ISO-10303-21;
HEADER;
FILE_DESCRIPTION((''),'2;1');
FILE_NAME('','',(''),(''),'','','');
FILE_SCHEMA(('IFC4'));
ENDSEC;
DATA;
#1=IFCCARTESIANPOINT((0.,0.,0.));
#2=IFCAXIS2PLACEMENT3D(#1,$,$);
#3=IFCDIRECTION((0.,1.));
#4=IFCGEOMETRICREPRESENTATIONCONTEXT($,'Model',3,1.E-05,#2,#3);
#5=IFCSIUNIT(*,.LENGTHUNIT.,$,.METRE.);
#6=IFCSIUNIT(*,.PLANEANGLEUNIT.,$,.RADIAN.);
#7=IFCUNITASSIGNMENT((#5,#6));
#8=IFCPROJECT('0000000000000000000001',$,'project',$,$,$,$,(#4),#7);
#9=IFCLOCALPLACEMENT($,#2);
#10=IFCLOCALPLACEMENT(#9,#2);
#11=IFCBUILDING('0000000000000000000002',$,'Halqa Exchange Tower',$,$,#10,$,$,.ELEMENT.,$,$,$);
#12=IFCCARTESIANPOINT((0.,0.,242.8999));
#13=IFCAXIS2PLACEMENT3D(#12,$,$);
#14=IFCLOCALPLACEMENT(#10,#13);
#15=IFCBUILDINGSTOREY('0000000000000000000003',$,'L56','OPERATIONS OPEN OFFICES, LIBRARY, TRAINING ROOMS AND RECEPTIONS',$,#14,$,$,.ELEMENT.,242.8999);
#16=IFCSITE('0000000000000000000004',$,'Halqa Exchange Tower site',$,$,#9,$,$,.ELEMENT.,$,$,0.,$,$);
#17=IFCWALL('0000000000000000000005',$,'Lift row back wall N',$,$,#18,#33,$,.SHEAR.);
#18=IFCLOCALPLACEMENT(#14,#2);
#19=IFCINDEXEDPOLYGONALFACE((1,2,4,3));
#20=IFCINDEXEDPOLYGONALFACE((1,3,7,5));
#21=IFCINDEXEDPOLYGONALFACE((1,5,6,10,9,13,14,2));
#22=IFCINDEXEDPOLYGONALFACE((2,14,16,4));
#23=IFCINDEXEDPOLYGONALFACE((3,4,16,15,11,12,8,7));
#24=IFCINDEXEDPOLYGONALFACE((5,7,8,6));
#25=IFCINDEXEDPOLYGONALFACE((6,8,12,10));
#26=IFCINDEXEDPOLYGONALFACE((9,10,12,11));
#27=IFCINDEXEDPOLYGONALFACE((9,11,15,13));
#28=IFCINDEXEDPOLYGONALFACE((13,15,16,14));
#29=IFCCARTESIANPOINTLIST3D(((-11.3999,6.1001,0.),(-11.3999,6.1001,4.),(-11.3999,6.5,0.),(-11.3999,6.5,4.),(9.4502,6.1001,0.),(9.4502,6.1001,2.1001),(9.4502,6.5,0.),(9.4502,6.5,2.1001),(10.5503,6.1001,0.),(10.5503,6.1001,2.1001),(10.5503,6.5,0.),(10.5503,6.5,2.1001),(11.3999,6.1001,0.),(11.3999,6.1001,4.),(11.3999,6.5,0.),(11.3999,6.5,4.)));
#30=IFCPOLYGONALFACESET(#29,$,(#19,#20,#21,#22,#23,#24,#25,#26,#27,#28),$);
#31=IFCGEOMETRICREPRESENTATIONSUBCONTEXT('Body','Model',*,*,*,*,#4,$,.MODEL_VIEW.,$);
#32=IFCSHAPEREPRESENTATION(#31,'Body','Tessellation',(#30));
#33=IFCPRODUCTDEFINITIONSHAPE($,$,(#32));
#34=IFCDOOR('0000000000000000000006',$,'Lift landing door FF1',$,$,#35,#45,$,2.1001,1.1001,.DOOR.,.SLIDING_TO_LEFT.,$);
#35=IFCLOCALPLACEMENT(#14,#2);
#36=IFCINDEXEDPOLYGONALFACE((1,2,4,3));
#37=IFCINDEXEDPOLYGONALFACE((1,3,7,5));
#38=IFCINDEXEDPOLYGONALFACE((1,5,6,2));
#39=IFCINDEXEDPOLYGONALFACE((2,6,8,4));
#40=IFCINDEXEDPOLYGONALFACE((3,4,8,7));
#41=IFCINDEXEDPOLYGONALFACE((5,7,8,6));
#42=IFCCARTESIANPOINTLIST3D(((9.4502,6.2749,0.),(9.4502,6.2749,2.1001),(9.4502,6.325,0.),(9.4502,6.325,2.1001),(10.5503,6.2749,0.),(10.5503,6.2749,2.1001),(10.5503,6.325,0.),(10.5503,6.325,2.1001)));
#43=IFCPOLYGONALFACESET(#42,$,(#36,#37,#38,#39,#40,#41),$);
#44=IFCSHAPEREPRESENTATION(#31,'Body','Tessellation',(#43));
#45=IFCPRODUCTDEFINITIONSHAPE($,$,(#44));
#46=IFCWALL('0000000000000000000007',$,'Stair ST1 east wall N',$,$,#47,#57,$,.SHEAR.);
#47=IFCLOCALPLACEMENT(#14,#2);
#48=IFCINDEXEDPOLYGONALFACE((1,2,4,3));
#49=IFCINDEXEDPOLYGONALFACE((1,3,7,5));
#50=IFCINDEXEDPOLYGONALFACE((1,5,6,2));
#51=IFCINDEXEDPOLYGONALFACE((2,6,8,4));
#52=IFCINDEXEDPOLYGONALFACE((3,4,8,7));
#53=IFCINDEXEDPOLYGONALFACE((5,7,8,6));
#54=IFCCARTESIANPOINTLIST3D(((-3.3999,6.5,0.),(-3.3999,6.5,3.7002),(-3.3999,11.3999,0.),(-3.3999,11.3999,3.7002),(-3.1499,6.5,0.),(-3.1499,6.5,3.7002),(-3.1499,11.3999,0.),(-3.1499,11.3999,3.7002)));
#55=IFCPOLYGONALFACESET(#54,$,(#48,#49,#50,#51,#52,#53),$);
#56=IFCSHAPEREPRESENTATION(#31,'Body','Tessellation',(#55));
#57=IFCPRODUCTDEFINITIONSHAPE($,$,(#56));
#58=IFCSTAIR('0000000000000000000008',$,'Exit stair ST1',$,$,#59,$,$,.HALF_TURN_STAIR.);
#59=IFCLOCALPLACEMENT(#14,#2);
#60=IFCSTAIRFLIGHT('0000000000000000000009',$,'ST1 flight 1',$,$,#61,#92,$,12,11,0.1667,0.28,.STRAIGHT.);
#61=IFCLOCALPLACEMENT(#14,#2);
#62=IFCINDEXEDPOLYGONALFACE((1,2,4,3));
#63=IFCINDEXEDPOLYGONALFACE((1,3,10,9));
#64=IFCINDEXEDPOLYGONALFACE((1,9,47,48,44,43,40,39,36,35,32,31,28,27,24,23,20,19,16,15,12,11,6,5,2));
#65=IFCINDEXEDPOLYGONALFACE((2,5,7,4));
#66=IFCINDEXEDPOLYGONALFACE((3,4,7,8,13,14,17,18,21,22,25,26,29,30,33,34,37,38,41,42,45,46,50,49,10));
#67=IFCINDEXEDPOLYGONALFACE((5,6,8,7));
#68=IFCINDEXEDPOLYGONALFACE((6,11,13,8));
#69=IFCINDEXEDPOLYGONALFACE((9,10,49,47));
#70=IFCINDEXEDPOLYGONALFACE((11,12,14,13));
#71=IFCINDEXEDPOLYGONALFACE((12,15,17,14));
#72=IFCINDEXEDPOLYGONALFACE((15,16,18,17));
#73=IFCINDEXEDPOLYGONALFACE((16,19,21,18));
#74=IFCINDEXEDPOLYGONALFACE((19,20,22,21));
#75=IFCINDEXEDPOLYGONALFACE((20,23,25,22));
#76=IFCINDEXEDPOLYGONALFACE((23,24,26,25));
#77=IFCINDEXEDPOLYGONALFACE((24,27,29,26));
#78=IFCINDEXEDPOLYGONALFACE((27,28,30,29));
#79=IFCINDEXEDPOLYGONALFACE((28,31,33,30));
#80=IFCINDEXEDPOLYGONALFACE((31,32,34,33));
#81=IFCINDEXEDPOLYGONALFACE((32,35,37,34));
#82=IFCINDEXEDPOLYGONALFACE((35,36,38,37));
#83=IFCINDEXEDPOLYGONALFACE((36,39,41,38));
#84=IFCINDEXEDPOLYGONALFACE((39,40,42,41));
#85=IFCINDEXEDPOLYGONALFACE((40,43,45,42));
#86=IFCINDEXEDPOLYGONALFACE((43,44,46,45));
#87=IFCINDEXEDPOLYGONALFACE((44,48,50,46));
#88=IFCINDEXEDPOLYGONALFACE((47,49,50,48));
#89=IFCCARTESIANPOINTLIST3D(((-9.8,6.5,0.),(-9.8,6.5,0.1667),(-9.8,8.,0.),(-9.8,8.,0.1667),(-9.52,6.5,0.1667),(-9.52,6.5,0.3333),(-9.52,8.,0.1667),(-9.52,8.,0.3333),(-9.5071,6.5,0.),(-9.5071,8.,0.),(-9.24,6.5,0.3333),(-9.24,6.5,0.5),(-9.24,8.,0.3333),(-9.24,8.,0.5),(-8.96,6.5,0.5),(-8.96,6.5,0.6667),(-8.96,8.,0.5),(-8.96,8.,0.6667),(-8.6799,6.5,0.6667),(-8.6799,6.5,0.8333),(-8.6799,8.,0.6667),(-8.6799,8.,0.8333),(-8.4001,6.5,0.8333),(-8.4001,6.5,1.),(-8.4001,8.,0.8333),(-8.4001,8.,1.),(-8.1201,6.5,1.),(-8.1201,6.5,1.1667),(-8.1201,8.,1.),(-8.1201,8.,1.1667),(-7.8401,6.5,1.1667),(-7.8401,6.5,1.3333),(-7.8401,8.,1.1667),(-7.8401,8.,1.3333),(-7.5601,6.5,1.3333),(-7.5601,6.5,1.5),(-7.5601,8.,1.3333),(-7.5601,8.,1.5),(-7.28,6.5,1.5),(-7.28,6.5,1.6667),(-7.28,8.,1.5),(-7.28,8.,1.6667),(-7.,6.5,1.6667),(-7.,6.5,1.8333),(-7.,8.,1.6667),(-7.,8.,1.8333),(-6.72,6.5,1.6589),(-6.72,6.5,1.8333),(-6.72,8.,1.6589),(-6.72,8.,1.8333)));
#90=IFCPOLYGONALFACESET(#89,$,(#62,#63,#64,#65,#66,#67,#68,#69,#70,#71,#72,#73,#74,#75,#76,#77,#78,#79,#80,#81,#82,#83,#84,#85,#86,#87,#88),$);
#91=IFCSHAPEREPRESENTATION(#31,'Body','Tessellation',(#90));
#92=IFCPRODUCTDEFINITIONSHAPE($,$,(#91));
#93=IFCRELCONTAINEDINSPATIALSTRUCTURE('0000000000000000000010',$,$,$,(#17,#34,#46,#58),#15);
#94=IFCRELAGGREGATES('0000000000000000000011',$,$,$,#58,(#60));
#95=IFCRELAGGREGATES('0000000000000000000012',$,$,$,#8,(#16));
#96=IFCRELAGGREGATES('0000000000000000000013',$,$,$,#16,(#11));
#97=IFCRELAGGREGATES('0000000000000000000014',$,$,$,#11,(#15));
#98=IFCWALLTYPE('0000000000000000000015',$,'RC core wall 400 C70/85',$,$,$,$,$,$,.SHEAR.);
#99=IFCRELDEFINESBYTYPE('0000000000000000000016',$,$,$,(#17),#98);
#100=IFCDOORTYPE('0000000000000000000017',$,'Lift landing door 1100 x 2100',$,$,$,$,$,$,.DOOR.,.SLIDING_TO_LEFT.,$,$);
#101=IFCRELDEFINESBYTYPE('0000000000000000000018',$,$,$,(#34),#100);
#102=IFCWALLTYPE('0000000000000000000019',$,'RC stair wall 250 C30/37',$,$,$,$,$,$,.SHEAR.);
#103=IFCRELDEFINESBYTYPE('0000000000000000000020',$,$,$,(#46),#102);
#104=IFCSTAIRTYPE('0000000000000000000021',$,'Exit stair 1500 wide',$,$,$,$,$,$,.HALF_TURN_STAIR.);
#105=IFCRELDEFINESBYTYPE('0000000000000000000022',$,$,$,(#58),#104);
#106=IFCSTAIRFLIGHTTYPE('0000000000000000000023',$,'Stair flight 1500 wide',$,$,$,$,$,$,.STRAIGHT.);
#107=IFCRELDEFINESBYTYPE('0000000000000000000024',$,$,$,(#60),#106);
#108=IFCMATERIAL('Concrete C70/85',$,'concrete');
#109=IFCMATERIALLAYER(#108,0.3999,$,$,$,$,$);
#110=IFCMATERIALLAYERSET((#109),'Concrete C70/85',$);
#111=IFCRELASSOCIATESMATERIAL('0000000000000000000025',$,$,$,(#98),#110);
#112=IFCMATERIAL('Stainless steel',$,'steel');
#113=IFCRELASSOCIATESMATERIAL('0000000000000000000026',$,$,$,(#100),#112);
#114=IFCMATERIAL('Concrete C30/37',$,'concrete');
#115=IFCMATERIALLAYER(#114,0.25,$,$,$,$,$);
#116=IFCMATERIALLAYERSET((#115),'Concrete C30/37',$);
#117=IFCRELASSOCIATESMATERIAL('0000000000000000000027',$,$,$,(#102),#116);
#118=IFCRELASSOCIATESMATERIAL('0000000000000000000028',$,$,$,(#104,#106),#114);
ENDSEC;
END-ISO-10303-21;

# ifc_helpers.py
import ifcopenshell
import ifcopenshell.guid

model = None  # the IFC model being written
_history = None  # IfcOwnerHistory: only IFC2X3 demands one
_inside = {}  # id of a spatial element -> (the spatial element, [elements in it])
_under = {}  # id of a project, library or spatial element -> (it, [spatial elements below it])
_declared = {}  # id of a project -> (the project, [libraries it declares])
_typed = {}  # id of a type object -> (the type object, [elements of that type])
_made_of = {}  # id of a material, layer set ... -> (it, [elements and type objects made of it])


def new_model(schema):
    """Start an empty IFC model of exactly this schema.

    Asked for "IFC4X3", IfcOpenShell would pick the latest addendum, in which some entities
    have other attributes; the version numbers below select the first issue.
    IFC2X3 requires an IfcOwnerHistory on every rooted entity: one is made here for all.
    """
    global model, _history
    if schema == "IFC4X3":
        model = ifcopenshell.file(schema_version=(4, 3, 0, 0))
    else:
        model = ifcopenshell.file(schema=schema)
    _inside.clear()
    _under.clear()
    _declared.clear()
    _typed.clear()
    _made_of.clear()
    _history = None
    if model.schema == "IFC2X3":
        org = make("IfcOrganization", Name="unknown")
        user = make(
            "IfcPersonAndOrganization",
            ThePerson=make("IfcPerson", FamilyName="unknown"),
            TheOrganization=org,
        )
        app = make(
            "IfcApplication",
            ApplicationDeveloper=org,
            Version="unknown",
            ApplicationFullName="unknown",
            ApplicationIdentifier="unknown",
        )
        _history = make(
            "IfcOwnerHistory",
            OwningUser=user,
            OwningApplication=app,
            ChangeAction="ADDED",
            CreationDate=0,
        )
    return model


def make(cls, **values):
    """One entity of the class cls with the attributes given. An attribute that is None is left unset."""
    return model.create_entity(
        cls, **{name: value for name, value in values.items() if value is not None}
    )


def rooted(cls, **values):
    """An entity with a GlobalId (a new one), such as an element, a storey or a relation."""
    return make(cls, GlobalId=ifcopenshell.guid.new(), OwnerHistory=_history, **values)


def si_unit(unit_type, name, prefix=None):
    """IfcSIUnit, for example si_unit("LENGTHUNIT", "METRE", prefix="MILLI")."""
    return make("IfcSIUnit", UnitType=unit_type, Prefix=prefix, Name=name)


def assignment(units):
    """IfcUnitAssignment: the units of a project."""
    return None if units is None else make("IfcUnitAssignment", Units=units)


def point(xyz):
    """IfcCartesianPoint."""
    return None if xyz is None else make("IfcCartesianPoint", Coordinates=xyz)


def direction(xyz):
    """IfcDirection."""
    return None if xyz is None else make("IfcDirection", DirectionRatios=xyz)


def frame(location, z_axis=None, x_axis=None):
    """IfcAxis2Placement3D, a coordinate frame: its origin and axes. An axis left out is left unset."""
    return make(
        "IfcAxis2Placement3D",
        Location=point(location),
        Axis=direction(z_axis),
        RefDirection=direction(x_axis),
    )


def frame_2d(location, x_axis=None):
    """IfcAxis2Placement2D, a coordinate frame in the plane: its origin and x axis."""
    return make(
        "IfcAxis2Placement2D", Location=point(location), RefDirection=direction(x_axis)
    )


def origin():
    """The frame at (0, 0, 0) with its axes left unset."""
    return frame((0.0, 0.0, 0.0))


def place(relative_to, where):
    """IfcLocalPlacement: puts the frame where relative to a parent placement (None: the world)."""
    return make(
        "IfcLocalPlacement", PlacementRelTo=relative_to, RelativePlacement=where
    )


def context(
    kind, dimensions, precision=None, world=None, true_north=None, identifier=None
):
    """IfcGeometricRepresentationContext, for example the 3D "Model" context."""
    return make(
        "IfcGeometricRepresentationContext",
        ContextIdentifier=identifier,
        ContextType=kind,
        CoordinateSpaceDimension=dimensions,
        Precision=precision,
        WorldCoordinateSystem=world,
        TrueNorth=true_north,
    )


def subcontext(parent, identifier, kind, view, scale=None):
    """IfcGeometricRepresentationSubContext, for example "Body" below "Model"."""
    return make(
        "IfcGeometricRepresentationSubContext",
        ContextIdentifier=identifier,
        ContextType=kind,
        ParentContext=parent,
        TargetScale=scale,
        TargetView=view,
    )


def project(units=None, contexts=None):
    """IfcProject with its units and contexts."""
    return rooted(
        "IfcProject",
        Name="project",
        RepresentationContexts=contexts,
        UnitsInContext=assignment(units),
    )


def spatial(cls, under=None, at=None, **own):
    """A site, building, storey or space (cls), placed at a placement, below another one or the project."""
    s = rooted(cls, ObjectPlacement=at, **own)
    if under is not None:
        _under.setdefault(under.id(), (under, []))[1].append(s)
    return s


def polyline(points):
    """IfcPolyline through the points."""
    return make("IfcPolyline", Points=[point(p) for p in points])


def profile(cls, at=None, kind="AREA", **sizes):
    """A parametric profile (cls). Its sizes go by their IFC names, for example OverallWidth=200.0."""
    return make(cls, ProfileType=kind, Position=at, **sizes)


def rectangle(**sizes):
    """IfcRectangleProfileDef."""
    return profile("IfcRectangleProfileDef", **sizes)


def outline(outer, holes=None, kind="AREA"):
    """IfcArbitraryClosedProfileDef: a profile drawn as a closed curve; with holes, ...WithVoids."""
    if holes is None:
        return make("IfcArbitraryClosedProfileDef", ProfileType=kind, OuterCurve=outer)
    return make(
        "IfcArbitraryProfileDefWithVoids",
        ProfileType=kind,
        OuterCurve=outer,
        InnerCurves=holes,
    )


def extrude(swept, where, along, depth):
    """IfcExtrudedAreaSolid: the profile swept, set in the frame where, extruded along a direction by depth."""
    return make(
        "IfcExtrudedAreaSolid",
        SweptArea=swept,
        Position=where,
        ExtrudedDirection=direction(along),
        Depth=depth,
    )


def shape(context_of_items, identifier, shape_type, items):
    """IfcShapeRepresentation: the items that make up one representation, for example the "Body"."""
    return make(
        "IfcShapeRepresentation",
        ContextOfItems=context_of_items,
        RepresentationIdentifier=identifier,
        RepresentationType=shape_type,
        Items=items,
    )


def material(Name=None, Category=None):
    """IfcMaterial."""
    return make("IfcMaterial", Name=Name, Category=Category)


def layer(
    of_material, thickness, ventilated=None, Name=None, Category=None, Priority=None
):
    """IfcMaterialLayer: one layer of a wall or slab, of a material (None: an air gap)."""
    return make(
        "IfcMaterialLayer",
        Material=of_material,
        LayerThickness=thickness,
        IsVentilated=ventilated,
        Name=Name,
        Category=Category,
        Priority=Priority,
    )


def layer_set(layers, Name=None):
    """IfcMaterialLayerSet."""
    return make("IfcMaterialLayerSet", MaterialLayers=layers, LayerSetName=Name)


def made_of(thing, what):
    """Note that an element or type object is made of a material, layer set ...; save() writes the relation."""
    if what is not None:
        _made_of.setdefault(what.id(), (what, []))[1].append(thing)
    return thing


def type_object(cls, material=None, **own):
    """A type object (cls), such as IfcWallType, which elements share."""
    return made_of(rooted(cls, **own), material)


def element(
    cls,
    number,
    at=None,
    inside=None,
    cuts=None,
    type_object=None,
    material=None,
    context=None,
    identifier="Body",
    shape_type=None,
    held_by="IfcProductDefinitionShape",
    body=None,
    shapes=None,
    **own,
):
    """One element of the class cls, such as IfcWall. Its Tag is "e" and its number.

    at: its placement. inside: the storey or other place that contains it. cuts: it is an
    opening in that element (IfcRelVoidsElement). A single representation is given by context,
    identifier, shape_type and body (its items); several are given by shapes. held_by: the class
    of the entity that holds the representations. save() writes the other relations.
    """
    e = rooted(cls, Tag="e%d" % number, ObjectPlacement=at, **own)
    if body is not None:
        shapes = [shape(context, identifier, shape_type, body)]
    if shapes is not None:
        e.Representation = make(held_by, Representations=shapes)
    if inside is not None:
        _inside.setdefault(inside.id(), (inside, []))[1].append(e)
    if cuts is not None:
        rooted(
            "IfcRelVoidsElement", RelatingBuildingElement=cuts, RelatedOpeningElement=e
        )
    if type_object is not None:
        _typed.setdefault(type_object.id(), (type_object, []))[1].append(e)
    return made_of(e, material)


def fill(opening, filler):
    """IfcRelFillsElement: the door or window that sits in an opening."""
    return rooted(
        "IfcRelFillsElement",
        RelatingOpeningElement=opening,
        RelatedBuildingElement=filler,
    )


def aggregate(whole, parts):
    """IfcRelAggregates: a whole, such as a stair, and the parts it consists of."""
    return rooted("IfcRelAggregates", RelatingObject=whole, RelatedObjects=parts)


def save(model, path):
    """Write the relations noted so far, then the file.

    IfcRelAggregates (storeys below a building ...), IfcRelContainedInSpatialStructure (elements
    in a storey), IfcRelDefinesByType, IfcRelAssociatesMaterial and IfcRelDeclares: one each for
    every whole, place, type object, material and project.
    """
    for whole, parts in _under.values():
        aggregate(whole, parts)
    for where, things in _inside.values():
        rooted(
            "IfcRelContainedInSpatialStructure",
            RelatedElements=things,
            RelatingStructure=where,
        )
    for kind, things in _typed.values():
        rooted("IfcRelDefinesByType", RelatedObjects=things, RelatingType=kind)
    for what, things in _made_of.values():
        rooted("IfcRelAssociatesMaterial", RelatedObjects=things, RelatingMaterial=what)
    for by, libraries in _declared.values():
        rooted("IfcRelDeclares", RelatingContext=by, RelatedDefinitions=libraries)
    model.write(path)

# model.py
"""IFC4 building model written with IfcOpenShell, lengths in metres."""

from ifc_helpers import new_model, si_unit, direction, frame, frame_2d, origin, place, context, subcontext, project, spatial, polyline, rectangle, outline, extrude, material, layer, layer_set, type_object, element, fill, aggregate, save


model = new_model("IFC4")

# Units and contexts
model_context = context("Model", 3, precision=1e-05, world=origin(), true_north=direction((0.0, 1.0)))
body_context = subcontext(model_context, "Body", "Model", "MODEL_VIEW")
ifc_project = project(units=[si_unit("LENGTHUNIT", "METRE"), si_unit("PLANEANGLEUNIT", "RADIAN")], contexts=[model_context])

# Site, building, storey
site_placement = place(None, origin())
site = spatial("IfcSite", under=ifc_project, at=site_placement, Name="Halqa Exchange Tower site", CompositionType="ELEMENT", RefElevation=0.0)
building_placement = place(site_placement, origin())
building = spatial("IfcBuilding", under=site, at=building_placement, Name="Halqa Exchange Tower", CompositionType="ELEMENT")
storey_placement = place(building_placement, frame((0.0, 0.0, 242.8999)))
storey = spatial("IfcBuildingStorey", under=building, at=storey_placement, Name="L56", Description="OPERATIONS OPEN OFFICES, LIBRARY, TRAINING ROOMS AND RECEPTIONS", CompositionType="ELEMENT", Elevation=242.8999)

# Shared definitions
ifc_material_1 = material(Name="Concrete C70/85", Category="concrete")
ifc_layer_1 = layer(ifc_material_1, 0.3999)
ifc_layer_set_1 = layer_set([ifc_layer_1], Name="Concrete C70/85")
wall_type_1 = type_object("IfcWallType", Name="RC core wall 400 C70/85", PredefinedType="SHEAR", material=ifc_layer_set_1)
ifc_material_2 = material(Name="Stainless steel", Category="steel")
door_type_1 = type_object("IfcDoorType", Name="Lift landing door 1100 x 2100", OperationType="SLIDING_TO_LEFT", PredefinedType="DOOR", material=ifc_material_2)

# Wall, opening, door
wall_1_placement = place(storey_placement, frame((-11.3999, 6.3, 0.0), z_axis=(0.0, 0.0, 1.0), x_axis=(1.0, 0.0, 0.0)))
wall_1 = element("IfcWall", 1, at=wall_1_placement, inside=storey, type_object=wall_type_1, Name="Lift row back wall N", PredefinedType="SHEAR", context=body_context, shape_type="SweptSolid", body=[
    extrude(rectangle(XDim=22.7998, YDim=0.3999, at=frame_2d((11.3999, 0.0))), origin(), (0.0, 0.0, 1.0), 4.0),
])
opening_1_placement = place(wall_1_placement, frame((20.8501, 0.0, 0.0)))
opening_1 = element("IfcOpeningElement", 2, at=opening_1_placement, cuts=wall_1, PredefinedType="OPENING", context=body_context, shape_type="SweptSolid", body=[
    extrude(rectangle(XDim=1.1001, YDim=2.1001, at=frame_2d((0.55, 1.05))), frame((0.0, 0.2119, 0.0), z_axis=(0.0, -1.0, 0.0), x_axis=(1.0, 0.0, 0.0)), (0.0, 0.0, 1.0), 0.4238),
])
door_1_placement = place(opening_1_placement, origin())
door_1 = element("IfcDoor", 3, at=door_1_placement, inside=storey, type_object=door_type_1, Name="Lift landing door FF1", OperationType="SLIDING_TO_LEFT", OverallHeight=2.1001, OverallWidth=1.1001, PredefinedType="DOOR", context=body_context, shape_type="SweptSolid", body=[
    extrude(rectangle(XDim=1.1001, YDim=2.1001, at=frame_2d((0.55, 1.05))), frame((0.0, 0.0249, 0.0), z_axis=(0.0, -1.0, 0.0), x_axis=(1.0, 0.0, 0.0)), (0.0, 0.0, 1.0), 0.05),
])
fill(opening_1, door_1)

# Wall
ifc_material_3 = material(Name="Concrete C30/37", Category="concrete")
ifc_layer_2 = layer(ifc_material_3, 0.25)
ifc_layer_set_2 = layer_set([ifc_layer_2], Name="Concrete C30/37")
wall_type_2 = type_object("IfcWallType", Name="RC stair wall 250 C30/37", PredefinedType="SHEAR", material=ifc_layer_set_2)
wall_2_placement = place(storey_placement, frame((-3.2749, 6.5, 0.0), z_axis=(0.0, 0.0, 1.0), x_axis=(0.0, 1.0, 0.0)))
element("IfcWall", 4, at=wall_2_placement, inside=storey, type_object=wall_type_2, Name="Stair ST1 east wall N", PredefinedType="SHEAR", context=body_context, shape_type="SweptSolid", body=[
    extrude(rectangle(XDim=4.8999, YDim=0.25, at=frame_2d((2.45, 0.0))), origin(), (0.0, 0.0, 1.0), 3.7002),
])

# Stair, stair flight
stair_type = type_object("IfcStairType", Name="Exit stair 1500 wide", PredefinedType="HALF_TURN_STAIR", material=ifc_material_3)
stair_placement = place(storey_placement, origin())
stair = element("IfcStair", 5, at=stair_placement, inside=storey, type_object=stair_type, Name="Exit stair ST1", PredefinedType="HALF_TURN_STAIR")
stair_flight_type = type_object("IfcStairFlightType", Name="Stair flight 1500 wide", PredefinedType="STRAIGHT", material=ifc_material_3)
stair_flight_placement = place(storey_placement, frame((-9.8, 7.25, 0.0), z_axis=(0.0, 0.0, 1.0), x_axis=(1.0, 0.0, 0.0)))
stair_flight = element("IfcStairFlight", 6, at=stair_flight_placement, type_object=stair_flight_type, Name="ST1 flight 1", NumberOfRisers=12, NumberOfTreads=11, PredefinedType="STRAIGHT", RiserHeight=0.1667, TreadLength=0.28, context=body_context, shape_type="SweptSolid", body=[
    extrude(outline(polyline([(0.0, 0.0), (0.0, 0.1667), (0.28, 0.1667), (0.28, 0.3333), (0.5601, 0.3333), (0.5601, 0.5), (0.8401, 0.5), (0.8401, 0.6667), (1.1201, 0.6667), (1.1201, 0.8333), (1.3999, 0.8333), (1.3999, 1.0), (1.6799, 1.0), (1.6799, 1.1667), (1.96, 1.1667), (1.96, 1.3333), (2.24, 1.3333), (2.24, 1.5), (2.52, 1.5), (2.52, 1.6667), (2.8, 1.6667), (2.8, 1.8333), (3.0801, 1.8333), (3.0801, 2.0), (3.0801, 1.6589), (0.293, 0.0), (0.0, 0.0)])), frame((0.0, 0.75, 0.0), z_axis=(0.0, -1.0, 0.0), x_axis=(1.0, 0.0, 0.0)), (0.0, 0.0, 1.0), 1.5),
])
aggregate(stair, [stair_flight])

save(model, "model.ifc")
